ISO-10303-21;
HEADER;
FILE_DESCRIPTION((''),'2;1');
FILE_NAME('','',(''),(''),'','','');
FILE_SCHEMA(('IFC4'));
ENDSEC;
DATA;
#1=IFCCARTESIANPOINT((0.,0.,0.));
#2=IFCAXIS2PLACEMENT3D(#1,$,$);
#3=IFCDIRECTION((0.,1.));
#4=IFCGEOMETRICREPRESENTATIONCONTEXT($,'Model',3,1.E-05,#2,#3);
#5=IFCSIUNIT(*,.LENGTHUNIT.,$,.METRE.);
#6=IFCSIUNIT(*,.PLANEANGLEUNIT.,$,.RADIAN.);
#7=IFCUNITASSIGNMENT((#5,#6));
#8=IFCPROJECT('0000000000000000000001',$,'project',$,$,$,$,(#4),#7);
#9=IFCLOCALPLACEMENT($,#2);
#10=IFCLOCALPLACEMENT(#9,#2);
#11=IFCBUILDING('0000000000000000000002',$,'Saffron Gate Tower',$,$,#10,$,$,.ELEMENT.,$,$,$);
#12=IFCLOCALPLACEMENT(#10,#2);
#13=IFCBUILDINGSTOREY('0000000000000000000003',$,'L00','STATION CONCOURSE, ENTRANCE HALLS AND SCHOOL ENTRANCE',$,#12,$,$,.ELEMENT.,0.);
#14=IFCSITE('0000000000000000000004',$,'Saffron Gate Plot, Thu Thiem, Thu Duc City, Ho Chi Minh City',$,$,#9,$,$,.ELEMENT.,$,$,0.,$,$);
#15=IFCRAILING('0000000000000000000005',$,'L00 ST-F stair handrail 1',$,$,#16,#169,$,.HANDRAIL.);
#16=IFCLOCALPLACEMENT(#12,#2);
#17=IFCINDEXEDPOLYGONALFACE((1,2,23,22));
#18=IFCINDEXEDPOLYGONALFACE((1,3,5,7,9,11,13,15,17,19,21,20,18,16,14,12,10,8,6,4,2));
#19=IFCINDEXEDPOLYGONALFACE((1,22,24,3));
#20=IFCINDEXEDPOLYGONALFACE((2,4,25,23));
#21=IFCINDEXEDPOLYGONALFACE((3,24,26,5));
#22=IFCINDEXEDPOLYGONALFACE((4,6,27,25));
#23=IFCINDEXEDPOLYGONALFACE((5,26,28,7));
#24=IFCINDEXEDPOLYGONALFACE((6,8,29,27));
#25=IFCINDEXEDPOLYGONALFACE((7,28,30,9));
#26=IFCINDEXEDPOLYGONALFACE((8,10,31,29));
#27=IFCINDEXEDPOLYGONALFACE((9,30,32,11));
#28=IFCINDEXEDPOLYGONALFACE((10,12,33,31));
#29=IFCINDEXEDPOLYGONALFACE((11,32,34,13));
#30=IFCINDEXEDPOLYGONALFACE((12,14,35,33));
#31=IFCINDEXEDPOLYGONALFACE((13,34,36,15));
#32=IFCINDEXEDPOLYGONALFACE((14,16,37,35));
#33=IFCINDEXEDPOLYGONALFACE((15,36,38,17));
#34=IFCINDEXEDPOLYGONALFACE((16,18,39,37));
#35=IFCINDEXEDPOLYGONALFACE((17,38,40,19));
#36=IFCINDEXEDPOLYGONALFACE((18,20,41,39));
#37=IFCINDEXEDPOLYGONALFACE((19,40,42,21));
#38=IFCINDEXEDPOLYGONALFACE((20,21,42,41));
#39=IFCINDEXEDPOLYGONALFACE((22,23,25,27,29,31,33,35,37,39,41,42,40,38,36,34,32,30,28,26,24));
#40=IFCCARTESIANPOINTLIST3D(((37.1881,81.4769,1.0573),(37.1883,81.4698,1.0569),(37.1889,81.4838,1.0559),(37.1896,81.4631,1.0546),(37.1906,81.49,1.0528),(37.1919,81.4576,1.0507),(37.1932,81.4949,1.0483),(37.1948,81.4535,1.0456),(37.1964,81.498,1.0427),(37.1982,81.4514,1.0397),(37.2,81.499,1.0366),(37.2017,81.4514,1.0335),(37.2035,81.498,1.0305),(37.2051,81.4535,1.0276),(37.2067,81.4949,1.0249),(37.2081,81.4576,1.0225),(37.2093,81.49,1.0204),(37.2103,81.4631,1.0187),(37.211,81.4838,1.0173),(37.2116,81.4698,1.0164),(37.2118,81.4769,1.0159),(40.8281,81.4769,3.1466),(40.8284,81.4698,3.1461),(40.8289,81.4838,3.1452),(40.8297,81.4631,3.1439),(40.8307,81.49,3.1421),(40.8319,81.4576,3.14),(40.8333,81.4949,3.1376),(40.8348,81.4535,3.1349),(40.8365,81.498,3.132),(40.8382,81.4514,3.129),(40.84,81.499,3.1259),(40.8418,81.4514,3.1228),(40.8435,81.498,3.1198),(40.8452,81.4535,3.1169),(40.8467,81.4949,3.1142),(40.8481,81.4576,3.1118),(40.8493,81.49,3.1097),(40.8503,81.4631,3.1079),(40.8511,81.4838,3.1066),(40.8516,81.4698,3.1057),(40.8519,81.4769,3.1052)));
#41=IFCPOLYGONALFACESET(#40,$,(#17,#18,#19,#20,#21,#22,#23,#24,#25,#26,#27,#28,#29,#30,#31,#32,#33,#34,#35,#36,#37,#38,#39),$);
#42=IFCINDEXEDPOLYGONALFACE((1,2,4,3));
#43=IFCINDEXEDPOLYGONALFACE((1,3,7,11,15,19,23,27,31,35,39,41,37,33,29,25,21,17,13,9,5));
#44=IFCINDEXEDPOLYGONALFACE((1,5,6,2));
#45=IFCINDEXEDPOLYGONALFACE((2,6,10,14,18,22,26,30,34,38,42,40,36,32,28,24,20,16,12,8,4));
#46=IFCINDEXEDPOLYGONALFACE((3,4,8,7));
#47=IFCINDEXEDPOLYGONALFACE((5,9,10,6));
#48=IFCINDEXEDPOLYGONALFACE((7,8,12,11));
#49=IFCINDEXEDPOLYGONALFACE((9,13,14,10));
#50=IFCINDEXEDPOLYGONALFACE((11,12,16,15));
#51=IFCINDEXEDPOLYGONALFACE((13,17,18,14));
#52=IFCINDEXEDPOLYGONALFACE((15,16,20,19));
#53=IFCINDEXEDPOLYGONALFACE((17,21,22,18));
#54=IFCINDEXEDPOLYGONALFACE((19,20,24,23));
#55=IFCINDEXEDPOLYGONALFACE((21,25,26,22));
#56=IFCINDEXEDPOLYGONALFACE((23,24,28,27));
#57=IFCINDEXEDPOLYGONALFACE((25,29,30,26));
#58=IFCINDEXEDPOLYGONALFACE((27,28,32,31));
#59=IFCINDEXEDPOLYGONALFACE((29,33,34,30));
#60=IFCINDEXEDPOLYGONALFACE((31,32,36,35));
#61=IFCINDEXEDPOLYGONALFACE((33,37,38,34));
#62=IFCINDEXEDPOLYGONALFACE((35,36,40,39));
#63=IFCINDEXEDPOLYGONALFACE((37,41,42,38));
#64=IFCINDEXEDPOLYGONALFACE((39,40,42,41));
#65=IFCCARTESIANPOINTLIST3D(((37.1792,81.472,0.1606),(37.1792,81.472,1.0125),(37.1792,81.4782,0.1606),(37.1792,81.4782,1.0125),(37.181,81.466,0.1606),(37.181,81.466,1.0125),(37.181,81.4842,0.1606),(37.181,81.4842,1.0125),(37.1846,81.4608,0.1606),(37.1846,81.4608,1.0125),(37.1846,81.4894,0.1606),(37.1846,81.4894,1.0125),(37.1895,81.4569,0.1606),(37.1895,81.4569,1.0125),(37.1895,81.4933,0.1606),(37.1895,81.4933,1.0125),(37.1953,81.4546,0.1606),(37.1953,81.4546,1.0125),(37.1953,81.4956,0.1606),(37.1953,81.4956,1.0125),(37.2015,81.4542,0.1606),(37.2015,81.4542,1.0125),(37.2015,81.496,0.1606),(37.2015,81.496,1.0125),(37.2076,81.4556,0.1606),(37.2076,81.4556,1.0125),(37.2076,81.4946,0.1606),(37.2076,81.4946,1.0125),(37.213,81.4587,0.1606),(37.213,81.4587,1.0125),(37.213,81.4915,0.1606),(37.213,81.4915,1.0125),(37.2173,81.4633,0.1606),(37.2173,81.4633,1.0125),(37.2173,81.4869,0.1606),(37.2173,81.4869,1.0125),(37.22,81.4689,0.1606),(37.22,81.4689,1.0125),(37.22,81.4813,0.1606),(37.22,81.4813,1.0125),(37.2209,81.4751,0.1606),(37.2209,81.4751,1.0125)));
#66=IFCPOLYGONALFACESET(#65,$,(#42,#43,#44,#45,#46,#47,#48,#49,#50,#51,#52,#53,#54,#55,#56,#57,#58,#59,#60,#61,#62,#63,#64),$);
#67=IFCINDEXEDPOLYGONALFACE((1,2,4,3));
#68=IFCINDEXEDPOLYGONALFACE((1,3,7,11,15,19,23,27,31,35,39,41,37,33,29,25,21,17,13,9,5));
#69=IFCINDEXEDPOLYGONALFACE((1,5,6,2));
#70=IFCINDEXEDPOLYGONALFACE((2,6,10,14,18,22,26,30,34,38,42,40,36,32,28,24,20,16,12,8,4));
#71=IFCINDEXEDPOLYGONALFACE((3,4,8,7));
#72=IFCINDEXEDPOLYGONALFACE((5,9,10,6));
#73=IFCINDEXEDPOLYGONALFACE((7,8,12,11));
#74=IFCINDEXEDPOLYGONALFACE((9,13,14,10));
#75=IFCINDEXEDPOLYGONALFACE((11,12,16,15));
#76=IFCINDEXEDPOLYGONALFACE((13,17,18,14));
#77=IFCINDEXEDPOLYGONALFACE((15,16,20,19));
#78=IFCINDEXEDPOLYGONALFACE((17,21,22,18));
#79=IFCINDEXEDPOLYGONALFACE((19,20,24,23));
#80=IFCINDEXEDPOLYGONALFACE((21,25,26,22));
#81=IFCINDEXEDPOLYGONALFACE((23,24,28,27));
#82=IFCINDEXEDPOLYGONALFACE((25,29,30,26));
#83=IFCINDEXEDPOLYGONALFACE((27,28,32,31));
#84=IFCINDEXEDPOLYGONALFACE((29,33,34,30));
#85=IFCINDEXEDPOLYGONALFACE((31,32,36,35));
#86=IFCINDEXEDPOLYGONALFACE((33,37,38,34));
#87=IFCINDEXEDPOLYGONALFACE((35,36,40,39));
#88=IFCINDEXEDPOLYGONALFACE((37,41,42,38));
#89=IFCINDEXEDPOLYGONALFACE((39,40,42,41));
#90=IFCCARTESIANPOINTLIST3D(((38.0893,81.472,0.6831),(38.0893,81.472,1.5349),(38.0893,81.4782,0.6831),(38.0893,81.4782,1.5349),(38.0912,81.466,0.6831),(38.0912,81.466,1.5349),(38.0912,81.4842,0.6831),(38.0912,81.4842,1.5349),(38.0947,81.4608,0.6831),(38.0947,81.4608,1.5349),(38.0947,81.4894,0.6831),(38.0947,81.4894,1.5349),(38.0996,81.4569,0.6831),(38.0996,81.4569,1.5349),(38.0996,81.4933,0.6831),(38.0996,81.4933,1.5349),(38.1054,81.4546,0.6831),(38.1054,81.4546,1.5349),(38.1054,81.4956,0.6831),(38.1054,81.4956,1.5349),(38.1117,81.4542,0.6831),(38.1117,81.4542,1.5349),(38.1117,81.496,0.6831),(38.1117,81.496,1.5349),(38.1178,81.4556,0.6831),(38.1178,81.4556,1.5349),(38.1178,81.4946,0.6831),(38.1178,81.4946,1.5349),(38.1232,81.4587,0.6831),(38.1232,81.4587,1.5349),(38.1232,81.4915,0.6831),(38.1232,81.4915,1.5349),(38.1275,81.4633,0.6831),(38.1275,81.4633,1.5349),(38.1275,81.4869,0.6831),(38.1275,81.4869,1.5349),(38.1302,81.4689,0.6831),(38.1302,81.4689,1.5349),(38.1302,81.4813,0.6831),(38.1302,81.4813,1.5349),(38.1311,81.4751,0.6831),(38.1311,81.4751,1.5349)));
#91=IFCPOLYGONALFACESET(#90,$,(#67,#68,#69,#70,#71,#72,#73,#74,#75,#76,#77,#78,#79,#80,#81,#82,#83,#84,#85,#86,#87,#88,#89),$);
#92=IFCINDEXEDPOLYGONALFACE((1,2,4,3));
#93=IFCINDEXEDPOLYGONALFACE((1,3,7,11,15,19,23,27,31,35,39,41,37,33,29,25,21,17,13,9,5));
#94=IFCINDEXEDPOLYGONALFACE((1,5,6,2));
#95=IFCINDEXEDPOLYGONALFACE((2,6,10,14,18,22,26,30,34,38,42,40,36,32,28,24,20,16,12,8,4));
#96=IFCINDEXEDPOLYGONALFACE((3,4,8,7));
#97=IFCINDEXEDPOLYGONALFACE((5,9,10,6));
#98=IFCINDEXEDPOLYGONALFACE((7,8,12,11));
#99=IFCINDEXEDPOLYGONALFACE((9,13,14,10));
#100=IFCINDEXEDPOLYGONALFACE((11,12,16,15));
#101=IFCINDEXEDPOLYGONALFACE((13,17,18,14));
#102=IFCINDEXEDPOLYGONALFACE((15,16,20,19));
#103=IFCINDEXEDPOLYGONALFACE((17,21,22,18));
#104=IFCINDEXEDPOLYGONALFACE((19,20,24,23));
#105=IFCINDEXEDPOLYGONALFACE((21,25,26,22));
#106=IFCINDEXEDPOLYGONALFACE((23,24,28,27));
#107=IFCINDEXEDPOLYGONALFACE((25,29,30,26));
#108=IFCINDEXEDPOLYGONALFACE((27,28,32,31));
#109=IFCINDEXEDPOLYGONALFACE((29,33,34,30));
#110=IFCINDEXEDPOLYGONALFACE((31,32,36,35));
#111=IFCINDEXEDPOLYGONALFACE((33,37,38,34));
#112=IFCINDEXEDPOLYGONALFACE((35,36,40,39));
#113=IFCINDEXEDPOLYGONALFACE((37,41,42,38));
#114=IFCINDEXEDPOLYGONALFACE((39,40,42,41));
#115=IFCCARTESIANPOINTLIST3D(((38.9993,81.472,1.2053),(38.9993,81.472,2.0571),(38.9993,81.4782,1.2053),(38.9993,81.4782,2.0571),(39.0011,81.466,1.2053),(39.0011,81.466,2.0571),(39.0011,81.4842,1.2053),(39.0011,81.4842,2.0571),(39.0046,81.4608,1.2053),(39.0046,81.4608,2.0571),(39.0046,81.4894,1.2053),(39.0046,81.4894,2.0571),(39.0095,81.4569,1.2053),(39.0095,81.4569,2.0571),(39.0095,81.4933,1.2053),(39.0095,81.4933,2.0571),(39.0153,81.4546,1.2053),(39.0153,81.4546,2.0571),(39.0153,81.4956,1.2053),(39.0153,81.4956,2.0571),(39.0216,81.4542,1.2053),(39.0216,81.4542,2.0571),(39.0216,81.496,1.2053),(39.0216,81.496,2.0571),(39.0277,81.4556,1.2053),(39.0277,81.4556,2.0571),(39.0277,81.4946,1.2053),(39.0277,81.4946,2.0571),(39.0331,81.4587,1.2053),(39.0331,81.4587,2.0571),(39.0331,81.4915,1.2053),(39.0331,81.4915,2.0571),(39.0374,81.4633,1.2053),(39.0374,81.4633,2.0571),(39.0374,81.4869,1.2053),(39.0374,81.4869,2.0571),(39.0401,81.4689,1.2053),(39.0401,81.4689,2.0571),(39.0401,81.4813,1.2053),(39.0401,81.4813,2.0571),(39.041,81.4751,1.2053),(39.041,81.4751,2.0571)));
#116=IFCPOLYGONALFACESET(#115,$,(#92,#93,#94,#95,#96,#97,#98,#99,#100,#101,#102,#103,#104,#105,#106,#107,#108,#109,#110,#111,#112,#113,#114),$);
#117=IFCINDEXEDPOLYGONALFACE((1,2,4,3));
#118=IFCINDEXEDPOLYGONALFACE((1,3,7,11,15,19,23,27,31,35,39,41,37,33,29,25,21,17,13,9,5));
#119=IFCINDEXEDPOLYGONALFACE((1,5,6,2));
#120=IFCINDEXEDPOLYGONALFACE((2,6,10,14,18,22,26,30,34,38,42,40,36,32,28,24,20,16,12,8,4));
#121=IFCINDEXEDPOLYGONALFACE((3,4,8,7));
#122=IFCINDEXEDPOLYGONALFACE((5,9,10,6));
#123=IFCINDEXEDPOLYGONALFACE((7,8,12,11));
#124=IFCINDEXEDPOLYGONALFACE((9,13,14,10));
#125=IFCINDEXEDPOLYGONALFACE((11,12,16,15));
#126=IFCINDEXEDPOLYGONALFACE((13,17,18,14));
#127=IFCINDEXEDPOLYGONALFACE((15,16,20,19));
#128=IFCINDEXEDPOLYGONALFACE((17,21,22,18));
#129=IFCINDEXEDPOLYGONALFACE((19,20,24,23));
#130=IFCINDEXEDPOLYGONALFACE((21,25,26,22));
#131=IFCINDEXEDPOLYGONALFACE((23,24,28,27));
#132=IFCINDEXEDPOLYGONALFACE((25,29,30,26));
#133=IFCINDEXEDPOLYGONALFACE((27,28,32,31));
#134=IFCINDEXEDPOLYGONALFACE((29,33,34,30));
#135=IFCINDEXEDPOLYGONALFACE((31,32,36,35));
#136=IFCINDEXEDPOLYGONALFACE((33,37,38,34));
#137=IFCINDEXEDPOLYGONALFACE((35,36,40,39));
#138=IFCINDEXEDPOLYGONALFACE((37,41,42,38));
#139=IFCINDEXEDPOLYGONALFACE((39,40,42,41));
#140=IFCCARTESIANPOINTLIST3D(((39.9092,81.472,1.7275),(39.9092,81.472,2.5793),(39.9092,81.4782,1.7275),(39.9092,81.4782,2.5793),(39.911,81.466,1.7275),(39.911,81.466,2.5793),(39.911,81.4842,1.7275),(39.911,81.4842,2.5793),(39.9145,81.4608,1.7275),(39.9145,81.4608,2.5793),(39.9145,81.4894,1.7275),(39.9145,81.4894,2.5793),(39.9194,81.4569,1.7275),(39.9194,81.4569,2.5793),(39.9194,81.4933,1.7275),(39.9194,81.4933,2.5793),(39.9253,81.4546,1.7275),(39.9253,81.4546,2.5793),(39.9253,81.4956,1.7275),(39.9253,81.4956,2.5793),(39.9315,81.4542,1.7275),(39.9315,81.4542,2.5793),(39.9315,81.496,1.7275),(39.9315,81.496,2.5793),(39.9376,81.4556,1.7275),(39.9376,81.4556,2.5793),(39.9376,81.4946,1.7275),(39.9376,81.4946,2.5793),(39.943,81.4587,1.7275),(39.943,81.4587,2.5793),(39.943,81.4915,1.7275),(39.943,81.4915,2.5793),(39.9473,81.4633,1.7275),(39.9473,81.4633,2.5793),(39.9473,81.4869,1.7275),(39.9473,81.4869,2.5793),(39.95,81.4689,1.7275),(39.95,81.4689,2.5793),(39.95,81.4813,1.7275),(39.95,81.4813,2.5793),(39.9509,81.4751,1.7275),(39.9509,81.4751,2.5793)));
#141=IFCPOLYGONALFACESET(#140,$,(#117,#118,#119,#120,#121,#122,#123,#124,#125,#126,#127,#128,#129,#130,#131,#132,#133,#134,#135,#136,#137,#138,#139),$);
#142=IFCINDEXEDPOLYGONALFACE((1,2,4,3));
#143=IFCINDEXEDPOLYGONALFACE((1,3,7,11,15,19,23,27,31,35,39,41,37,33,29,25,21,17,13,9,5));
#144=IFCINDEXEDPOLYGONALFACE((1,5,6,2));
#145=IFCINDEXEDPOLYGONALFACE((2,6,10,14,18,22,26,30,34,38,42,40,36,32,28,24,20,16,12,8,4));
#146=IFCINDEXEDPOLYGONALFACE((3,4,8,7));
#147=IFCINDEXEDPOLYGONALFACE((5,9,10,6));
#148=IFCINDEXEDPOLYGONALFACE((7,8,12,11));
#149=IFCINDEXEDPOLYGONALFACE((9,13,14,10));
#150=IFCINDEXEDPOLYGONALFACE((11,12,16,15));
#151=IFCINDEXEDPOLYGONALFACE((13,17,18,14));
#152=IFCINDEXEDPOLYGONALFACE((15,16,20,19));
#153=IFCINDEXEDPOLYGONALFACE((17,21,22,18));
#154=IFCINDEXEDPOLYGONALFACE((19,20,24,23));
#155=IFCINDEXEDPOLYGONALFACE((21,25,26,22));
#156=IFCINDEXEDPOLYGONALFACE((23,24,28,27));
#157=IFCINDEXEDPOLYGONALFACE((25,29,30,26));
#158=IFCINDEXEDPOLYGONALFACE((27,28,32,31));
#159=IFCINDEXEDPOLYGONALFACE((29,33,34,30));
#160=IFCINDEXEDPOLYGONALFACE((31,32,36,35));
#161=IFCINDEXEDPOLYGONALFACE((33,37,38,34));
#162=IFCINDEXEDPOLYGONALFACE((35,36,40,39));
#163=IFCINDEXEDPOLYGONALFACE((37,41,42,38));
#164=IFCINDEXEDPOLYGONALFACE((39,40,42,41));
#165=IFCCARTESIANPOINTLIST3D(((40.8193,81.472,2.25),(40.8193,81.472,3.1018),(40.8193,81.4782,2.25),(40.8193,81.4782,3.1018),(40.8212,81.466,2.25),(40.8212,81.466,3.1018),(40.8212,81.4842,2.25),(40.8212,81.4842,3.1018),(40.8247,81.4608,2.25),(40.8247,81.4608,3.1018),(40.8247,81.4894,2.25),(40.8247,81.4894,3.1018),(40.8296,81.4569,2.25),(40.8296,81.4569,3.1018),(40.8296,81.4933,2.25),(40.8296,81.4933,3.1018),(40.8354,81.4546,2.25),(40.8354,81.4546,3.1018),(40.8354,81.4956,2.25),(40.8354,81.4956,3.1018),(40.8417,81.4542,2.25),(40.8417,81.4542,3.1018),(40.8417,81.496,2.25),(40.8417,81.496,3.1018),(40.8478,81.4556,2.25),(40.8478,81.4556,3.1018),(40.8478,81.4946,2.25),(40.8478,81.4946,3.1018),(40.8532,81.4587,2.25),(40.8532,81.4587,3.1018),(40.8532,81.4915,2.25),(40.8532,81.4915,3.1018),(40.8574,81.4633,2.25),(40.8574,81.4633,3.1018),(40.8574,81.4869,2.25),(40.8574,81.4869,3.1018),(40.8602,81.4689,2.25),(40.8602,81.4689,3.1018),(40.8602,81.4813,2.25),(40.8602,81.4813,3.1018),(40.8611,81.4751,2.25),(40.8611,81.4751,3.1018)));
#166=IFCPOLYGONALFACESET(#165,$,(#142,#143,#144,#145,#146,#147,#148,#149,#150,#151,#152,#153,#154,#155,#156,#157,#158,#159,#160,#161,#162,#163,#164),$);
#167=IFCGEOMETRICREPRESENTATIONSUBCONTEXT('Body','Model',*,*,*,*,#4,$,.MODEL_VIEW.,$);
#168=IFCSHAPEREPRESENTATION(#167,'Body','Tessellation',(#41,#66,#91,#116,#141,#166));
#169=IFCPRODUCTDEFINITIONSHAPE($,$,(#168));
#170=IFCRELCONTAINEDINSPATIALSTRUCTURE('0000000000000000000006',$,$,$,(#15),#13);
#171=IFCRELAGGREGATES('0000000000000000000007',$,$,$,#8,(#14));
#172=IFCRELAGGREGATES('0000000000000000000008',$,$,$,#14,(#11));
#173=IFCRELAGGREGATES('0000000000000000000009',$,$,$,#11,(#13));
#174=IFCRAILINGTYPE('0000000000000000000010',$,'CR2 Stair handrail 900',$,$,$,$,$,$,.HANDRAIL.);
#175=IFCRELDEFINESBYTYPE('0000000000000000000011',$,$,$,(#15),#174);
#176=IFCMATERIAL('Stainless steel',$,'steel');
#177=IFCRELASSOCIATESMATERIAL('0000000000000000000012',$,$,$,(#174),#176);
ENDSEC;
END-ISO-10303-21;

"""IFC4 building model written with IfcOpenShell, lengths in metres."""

from ifc_helpers import new_model, si_unit, direction, frame, origin, origin_2d, place, context, subcontext, project, spatial, circle, extrude, material, type_object, element, save


model = new_model("IFC4")

# Units and contexts
model_context = context("Model", 3, precision=1e-05, world=origin(), true_north=direction((0.0, 1.0)))
body_context = subcontext(model_context, "Body", "Model", "MODEL_VIEW")
ifc_project = project(units=[si_unit("LENGTHUNIT", "METRE"), si_unit("PLANEANGLEUNIT", "RADIAN")], contexts=[model_context])

# Site, building, storey
site_placement = place(None, origin())
site = spatial("IfcSite", under=ifc_project, at=site_placement, Name="Saffron Gate Plot, Thu Thiem, Thu Duc City, Ho Chi Minh City", CompositionType="ELEMENT", RefElevation=0.0)
building_placement = place(site_placement, origin())
building = spatial("IfcBuilding", under=site, at=building_placement, Name="Saffron Gate Tower", CompositionType="ELEMENT")
storey_placement = place(building_placement, origin())
storey = spatial("IfcBuildingStorey", under=building, at=storey_placement, Name="L00", Description="STATION CONCOURSE, ENTRANCE HALLS AND SCHOOL ENTRANCE", CompositionType="ELEMENT", Elevation=0.0)

# Railing
ifc_material_1 = material(Name="Stainless steel", Category="steel")
railing_type_1 = type_object("IfcRailingType", Name="CR2 Stair handrail 900", PredefinedType="HANDRAIL", material=ifc_material_1)
railing_1_placement = place(storey_placement, frame((37.2, 81.4751, 0.1606)))
element("IfcRailing", 1, at=railing_1_placement, inside=storey, type_object=railing_type_1, Name="L00 ST-F stair handrail 1", PredefinedType="HANDRAIL", context=body_context, shape_type="SweptSolid", body=[
    extrude(circle(Radius=0.0239, at=origin_2d()), frame((0.0, 0.0, 0.876), z_axis=(0.867289, 0.0, 0.497804), x_axis=(0.0, 1.0, 0.0)), (0.0, 0.0, 1.0), 4.197),
    extrude(circle(Radius=0.021, at=origin_2d()), origin(), (0.0, 0.0, 1.0), 0.8518),
    extrude(circle(Radius=0.021, at=origin_2d()), frame((0.9102, 0.0, 0.5225)), (0.0, 0.0, 1.0), 0.8518),
    extrude(circle(Radius=0.021, at=origin_2d()), frame((1.8201, 0.0, 1.0447)), (0.0, 0.0, 1.0), 0.8518),
    extrude(circle(Radius=0.021, at=origin_2d()), frame((2.73, 0.0, 1.5669)), (0.0, 0.0, 1.0), 0.8518),
    extrude(circle(Radius=0.021, at=origin_2d()), frame((3.6401, 0.0, 2.0894)), (0.0, 0.0, 1.0), 0.8518),
])

save(model, "model.ifc")
